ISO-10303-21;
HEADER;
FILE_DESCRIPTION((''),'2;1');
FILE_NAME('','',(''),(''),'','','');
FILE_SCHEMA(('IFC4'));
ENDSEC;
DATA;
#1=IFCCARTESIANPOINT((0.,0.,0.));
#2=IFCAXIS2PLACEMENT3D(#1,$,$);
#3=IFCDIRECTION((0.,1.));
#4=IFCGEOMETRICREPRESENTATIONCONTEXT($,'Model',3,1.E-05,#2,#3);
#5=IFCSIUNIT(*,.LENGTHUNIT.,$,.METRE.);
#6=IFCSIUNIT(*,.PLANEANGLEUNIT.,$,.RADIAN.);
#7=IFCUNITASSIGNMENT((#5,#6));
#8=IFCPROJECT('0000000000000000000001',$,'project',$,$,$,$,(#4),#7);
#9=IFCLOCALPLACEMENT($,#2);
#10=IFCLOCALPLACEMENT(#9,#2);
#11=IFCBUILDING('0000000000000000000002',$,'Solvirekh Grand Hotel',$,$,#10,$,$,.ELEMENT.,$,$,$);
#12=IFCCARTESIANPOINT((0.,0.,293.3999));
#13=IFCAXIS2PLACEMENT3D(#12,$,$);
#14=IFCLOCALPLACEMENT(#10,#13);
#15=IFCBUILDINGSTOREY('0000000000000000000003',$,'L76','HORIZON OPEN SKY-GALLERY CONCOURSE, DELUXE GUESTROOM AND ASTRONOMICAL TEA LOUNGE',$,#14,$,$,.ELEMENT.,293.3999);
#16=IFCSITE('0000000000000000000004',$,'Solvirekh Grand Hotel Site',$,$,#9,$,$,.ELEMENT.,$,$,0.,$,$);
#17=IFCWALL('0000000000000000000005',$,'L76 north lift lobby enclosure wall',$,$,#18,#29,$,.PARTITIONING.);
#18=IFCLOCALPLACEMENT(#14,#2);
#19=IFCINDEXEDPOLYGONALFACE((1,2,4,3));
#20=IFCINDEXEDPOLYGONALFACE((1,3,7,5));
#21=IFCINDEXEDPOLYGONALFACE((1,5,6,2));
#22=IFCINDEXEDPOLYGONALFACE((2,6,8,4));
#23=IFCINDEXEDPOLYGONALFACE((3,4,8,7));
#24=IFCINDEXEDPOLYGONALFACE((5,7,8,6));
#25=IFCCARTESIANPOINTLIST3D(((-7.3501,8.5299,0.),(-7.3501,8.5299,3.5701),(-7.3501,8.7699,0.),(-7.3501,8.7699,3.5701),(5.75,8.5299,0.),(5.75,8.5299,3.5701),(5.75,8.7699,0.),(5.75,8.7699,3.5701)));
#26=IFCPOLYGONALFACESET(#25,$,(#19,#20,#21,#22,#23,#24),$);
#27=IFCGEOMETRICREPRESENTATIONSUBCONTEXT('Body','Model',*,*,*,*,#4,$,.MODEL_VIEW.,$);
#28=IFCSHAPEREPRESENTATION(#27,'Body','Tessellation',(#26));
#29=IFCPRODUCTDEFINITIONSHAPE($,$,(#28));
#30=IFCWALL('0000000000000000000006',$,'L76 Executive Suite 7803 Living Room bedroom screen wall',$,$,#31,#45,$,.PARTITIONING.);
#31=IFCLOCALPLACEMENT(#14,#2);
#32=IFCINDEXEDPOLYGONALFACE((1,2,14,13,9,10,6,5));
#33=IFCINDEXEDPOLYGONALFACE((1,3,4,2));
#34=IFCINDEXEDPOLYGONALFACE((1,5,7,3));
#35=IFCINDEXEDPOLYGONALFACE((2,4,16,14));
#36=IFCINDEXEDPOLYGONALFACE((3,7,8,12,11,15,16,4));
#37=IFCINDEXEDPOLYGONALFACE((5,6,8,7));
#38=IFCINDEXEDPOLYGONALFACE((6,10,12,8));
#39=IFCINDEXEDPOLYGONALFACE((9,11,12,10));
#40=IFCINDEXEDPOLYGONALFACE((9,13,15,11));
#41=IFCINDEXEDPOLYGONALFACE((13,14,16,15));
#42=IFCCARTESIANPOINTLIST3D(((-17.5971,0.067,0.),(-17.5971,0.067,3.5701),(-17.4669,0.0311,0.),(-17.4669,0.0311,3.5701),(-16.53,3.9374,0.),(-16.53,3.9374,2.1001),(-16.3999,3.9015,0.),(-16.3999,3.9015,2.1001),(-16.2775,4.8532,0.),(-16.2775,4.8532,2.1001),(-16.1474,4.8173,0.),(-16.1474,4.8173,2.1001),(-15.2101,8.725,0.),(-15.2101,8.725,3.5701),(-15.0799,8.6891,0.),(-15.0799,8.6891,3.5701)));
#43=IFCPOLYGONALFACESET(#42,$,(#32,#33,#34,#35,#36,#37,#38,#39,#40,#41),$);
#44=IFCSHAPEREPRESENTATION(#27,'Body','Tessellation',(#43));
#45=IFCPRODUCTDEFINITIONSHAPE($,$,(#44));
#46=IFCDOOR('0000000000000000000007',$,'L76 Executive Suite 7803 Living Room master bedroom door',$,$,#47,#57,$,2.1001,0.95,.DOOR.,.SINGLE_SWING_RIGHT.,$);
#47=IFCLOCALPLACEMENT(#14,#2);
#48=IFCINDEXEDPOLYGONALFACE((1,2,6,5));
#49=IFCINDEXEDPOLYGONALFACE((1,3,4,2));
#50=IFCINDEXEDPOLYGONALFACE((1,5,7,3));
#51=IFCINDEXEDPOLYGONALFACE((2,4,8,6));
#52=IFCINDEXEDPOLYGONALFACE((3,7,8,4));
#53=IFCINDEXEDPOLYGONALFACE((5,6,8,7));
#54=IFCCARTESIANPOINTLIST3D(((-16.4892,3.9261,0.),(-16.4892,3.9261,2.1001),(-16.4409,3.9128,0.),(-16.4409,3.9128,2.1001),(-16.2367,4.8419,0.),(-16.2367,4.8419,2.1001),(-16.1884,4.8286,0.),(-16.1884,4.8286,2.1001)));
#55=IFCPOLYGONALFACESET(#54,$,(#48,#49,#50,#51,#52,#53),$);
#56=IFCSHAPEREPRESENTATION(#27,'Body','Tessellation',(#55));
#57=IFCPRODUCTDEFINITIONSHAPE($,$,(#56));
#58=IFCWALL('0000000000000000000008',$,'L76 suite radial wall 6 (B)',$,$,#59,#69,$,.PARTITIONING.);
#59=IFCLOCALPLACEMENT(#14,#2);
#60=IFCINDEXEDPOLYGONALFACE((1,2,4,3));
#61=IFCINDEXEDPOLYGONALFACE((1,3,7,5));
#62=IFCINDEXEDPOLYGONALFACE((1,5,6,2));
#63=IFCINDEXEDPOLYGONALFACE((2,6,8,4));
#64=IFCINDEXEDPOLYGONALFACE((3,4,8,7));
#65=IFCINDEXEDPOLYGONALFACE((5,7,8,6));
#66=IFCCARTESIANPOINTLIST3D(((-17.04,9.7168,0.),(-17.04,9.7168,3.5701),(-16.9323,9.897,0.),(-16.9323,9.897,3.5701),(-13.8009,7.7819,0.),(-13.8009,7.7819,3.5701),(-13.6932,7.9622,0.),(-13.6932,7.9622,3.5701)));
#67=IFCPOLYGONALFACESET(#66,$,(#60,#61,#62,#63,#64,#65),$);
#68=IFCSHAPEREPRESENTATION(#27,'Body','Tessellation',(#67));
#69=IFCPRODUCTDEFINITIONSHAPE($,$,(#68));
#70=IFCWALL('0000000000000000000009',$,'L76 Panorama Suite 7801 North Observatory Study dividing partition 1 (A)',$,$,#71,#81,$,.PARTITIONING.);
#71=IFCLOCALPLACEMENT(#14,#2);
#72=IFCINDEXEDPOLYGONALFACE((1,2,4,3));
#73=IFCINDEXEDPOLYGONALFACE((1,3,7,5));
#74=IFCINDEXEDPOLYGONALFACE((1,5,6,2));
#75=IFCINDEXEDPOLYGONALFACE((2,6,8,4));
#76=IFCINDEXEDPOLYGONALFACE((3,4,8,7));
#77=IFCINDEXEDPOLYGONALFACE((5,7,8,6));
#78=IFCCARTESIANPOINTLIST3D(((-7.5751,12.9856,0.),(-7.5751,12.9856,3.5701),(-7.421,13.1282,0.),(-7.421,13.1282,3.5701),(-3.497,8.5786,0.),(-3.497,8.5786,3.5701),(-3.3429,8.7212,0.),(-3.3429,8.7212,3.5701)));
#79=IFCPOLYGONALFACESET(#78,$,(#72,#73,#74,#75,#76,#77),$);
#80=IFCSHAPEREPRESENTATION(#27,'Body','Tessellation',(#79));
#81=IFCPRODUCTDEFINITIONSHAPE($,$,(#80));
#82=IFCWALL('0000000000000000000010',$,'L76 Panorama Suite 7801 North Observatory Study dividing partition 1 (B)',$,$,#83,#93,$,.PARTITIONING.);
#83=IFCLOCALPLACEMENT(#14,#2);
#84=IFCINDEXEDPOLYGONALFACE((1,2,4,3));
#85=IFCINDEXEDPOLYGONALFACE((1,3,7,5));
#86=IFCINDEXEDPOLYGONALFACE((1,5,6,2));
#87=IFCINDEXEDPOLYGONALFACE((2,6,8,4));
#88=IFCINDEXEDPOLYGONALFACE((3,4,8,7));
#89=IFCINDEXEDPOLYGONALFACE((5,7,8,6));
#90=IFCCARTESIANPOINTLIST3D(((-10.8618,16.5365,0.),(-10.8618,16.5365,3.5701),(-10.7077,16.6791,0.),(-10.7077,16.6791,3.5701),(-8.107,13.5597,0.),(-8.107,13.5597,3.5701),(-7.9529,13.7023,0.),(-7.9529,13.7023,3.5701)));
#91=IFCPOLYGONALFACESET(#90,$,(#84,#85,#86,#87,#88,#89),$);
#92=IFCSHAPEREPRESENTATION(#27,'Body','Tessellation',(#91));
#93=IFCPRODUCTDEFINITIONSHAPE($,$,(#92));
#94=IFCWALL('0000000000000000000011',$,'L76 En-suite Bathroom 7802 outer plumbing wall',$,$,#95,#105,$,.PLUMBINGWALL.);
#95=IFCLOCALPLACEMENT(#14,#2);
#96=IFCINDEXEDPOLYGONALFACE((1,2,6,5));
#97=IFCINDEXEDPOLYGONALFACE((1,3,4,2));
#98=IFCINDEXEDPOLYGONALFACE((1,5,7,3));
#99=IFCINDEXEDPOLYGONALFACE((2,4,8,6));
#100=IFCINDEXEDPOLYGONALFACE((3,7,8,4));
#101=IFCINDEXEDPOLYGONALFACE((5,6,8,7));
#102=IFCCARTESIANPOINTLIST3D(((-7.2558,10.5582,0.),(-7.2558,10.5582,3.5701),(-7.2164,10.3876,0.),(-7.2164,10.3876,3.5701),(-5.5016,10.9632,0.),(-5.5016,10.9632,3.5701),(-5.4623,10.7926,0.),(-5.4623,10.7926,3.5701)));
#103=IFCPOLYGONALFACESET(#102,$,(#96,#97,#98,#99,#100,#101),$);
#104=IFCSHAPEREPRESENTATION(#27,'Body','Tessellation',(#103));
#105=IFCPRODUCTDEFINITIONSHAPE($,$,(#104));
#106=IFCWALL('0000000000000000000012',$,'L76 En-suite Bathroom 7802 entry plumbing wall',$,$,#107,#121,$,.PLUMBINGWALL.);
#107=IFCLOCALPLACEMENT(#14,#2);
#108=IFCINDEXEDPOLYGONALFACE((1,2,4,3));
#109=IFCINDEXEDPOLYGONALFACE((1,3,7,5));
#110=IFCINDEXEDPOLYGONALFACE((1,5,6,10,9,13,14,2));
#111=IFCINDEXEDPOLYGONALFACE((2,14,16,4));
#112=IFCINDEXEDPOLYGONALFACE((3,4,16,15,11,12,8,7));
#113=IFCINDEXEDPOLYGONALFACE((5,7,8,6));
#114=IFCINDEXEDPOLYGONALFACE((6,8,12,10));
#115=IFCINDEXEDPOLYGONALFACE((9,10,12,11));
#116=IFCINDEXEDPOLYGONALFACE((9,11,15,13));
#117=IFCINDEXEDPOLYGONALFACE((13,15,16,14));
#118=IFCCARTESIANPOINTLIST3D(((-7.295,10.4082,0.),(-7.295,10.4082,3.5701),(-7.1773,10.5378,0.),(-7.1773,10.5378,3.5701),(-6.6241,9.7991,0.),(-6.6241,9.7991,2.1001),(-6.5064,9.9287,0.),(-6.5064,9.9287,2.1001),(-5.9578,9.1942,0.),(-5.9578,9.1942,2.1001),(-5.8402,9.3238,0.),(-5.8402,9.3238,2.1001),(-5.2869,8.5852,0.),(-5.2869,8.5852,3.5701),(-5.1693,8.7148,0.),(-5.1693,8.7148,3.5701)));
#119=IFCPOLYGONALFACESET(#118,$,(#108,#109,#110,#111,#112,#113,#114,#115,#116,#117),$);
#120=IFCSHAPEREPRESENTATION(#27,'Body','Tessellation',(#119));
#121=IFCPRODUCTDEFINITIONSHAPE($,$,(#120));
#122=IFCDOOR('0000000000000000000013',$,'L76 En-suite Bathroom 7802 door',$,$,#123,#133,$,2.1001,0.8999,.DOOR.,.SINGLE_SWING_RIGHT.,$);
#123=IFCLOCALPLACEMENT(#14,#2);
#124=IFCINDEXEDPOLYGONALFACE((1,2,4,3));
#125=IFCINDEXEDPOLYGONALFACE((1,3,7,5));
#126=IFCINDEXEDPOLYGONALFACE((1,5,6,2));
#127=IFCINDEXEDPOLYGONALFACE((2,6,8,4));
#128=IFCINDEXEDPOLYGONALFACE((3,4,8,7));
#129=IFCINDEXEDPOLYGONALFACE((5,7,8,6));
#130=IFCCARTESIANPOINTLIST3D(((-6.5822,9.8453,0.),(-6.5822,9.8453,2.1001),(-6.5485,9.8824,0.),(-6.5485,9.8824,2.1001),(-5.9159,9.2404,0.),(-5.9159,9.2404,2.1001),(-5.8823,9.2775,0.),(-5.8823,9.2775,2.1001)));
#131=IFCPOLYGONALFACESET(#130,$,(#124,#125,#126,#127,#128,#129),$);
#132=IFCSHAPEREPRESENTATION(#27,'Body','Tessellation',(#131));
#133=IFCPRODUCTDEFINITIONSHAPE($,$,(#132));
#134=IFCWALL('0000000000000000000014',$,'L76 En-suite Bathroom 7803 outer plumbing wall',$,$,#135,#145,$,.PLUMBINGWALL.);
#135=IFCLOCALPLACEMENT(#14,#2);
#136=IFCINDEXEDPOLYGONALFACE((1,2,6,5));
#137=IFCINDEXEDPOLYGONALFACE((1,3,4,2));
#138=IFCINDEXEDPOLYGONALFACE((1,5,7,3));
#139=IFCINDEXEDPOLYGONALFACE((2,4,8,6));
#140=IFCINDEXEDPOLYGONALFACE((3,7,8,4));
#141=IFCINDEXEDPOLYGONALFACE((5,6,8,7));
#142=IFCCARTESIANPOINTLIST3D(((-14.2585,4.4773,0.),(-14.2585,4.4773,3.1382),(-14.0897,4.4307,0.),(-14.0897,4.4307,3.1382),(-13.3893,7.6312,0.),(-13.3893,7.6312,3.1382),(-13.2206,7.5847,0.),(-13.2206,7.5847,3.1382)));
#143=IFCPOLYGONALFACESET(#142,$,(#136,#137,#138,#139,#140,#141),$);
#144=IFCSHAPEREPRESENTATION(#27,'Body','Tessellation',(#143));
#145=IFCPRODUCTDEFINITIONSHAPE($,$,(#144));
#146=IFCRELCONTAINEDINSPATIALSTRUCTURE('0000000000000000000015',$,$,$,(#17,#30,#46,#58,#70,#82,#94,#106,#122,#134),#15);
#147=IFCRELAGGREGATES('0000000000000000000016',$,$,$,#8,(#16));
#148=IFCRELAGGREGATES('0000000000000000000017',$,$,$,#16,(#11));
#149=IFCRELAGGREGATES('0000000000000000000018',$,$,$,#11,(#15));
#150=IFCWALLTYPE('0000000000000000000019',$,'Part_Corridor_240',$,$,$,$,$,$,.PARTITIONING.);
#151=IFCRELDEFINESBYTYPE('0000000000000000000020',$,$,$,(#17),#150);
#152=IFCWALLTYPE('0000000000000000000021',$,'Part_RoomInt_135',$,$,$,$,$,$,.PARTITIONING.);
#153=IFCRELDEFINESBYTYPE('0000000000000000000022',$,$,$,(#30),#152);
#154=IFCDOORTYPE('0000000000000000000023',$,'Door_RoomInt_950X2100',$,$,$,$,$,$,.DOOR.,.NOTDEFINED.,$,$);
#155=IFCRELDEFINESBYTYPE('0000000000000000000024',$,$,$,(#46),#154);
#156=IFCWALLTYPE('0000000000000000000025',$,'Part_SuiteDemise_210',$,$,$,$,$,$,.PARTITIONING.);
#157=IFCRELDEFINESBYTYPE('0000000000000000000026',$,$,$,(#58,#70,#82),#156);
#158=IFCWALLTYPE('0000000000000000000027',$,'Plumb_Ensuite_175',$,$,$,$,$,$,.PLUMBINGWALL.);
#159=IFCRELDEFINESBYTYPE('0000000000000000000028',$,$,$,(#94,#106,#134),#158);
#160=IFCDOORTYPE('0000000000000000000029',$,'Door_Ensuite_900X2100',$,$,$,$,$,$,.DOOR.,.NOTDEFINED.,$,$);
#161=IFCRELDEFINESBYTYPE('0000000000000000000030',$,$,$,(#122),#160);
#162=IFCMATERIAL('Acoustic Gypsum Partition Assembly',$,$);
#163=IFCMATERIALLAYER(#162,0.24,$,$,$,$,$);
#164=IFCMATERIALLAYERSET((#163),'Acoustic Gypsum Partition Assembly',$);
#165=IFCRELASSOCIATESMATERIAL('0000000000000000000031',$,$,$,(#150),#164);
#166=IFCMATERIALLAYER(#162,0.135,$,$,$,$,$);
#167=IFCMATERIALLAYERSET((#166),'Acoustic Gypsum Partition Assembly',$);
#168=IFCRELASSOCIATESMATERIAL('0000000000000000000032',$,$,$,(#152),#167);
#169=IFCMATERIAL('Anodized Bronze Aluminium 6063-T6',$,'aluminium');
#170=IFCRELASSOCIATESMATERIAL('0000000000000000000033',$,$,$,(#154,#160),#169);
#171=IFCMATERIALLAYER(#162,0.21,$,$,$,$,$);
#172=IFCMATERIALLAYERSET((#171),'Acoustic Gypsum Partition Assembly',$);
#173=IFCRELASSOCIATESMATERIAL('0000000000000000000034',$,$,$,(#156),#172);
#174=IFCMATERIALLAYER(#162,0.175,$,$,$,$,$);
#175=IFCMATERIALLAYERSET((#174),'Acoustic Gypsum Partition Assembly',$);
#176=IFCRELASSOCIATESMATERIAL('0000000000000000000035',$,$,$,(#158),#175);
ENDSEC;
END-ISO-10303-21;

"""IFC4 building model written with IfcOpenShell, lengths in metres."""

from ifc_helpers import new_model, si_unit, direction, frame, frame_2d, origin, place, context, subcontext, project, spatial, rectangle, extrude, material, layer, layer_set, type_object, element, fill, save


model = new_model("IFC4")

# Units and contexts
model_context = context("Model", 3, precision=1e-05, world=origin(), true_north=direction((0.0, 1.0)))
body_context = subcontext(model_context, "Body", "Model", "MODEL_VIEW")
ifc_project = project(units=[si_unit("LENGTHUNIT", "METRE"), si_unit("PLANEANGLEUNIT", "RADIAN")], contexts=[model_context])

# Site, building, storey
site_placement = place(None, origin())
site = spatial("IfcSite", under=ifc_project, at=site_placement, Name="Solvirekh Grand Hotel Site", CompositionType="ELEMENT", RefElevation=0.0)
building_placement = place(site_placement, origin())
building = spatial("IfcBuilding", under=site, at=building_placement, Name="Solvirekh Grand Hotel", CompositionType="ELEMENT")
storey_placement = place(building_placement, frame((0.0, 0.0, 293.3999)))
storey = spatial("IfcBuildingStorey", under=building, at=storey_placement, Name="L76", Description="HORIZON OPEN SKY-GALLERY CONCOURSE, DELUXE GUESTROOM AND ASTRONOMICAL TEA LOUNGE", CompositionType="ELEMENT", Elevation=293.3999)

# Shared definitions
ifc_material_1 = material(Name="Anodized Bronze Aluminium 6063-T6", Category="aluminium")

# Wall
ifc_material_2 = material(Name="Acoustic Gypsum Partition Assembly")
ifc_layer_1 = layer(ifc_material_2, 0.24)
ifc_layer_set_1 = layer_set([ifc_layer_1], Name="Acoustic Gypsum Partition Assembly")
wall_type_1 = type_object("IfcWallType", Name="Part_Corridor_240", PredefinedType="PARTITIONING", material=ifc_layer_set_1)
wall_1_placement = place(storey_placement, frame((-7.3501, 8.6499, 0.0), z_axis=(0.0, 0.0, 1.0), x_axis=(1.0, 0.0, 0.0)))
element("IfcWall", 1, at=wall_1_placement, inside=storey, type_object=wall_type_1, Name="L76 north lift lobby enclosure wall", PredefinedType="PARTITIONING", context=body_context, shape_type="SweptSolid", body=[
    extrude(rectangle(XDim=13.1001, YDim=0.24, at=frame_2d((6.55, 0.0))), origin(), (0.0, 0.0, 1.0), 3.5701),
])

# Wall, opening, door
ifc_layer_2 = layer(ifc_material_2, 0.135)
ifc_layer_set_2 = layer_set([ifc_layer_2], Name="Acoustic Gypsum Partition Assembly")
wall_type_2 = type_object("IfcWallType", Name="Part_RoomInt_135", PredefinedType="PARTITIONING", material=ifc_layer_set_2)
wall_2_placement = place(storey_placement, frame((-15.145, 8.707, 0.0), z_axis=(0.0, 0.0, 1.0), x_axis=(-0.26578, -0.964034, 0.0)))
wall_2 = element("IfcWall", 2, at=wall_2_placement, inside=storey, type_object=wall_type_2, Name="L76 Executive Suite 7803 Living Room bedroom screen wall", PredefinedType="PARTITIONING", context=body_context, shape_type="SweptSolid", body=[
    extrude(rectangle(XDim=8.981, YDim=0.135, at=frame_2d((4.4905, 0.0))), origin(), (0.0, 0.0, 1.0), 3.5701),
])
opening_1_placement = place(wall_2_placement, frame((4.0161, 0.0, 0.0)))
opening_1 = element("IfcOpeningElement", 3, at=opening_1_placement, cuts=wall_2, PredefinedType="OPENING", context=body_context, shape_type="SweptSolid", body=[
    extrude(rectangle(XDim=0.95, YDim=2.1001, at=frame_2d((0.4751, 1.05))), frame((0.0, 0.0776, 0.0), z_axis=(0.0, -1.0, 0.0), x_axis=(1.0, 0.0, 0.0)), (0.0, 0.0, 1.0), 0.155),
])
door_type_1 = type_object("IfcDoorType", Name="Door_RoomInt_950X2100", OperationType="NOTDEFINED", PredefinedType="DOOR", material=ifc_material_1)
door_1_placement = place(opening_1_placement, origin())
door_1 = element("IfcDoor", 4, at=door_1_placement, inside=storey, type_object=door_type_1, Name="L76 Executive Suite 7803 Living Room master bedroom door", OperationType="SINGLE_SWING_RIGHT", OverallHeight=2.1001, OverallWidth=0.95, PredefinedType="DOOR", context=body_context, shape_type="SweptSolid", body=[
    extrude(rectangle(XDim=0.95, YDim=2.1001, at=frame_2d((0.4751, 1.05))), frame((0.0, 0.0249, 0.0), z_axis=(0.0, -1.0, 0.0), x_axis=(1.0, 0.0, 0.0)), (0.0, 0.0, 1.0), 0.05),
])
fill(opening_1, door_1)

# Walls
ifc_layer_3 = layer(ifc_material_2, 0.21)
ifc_layer_set_3 = layer_set([ifc_layer_3], Name="Acoustic Gypsum Partition Assembly")
wall_type_3 = type_object("IfcWallType", Name="Part_SuiteDemise_210", PredefinedType="PARTITIONING", material=ifc_layer_set_3)
wall_3_placement = place(storey_placement, frame((-13.7471, 7.8721, 0.0), z_axis=(0.0, 0.0, 1.0), x_axis=(-0.858496, 0.51282, 0.0)))
element("IfcWall", 5, at=wall_3_placement, inside=storey, type_object=wall_type_3, Name="L76 suite radial wall 6 (B)", PredefinedType="PARTITIONING", context=body_context, shape_type="SweptSolid", body=[
    extrude(rectangle(XDim=3.7729, YDim=0.21, at=frame_2d((1.8865, 0.0))), origin(), (0.0, 0.0, 1.0), 3.5701),
])
wall_4_placement = place(storey_placement, frame((-3.4199, 8.6499, 0.0), z_axis=(0.0, 0.0, 1.0), x_axis=(-0.679192, 0.733961, 0.0)))
element("IfcWall", 6, at=wall_4_placement, inside=storey, type_object=wall_type_3, Name="L76 Panorama Suite 7801 North Observatory Study dividing partition 1 (A)", PredefinedType="PARTITIONING", context=body_context, shape_type="SweptSolid", body=[
    extrude(rectangle(XDim=6.0044, YDim=0.21, at=frame_2d((3.0022, 0.0))), origin(), (0.0, 0.0, 1.0), 3.5701),
])
wall_5_placement = place(storey_placement, frame((-8.03, 13.6311, 0.0), z_axis=(0.0, 0.0, 1.0), x_axis=(-0.67922, 0.733935, 0.0)))
element("IfcWall", 7, at=wall_5_placement, inside=storey, type_object=wall_type_3, Name="L76 Panorama Suite 7801 North Observatory Study dividing partition 1 (B)", PredefinedType="PARTITIONING", context=body_context, shape_type="SweptSolid", body=[
    extrude(rectangle(XDim=4.0559, YDim=0.21, at=frame_2d((2.0278, 0.0))), origin(), (0.0, 0.0, 1.0), 3.5701),
])
ifc_layer_4 = layer(ifc_material_2, 0.175)
ifc_layer_set_4 = layer_set([ifc_layer_4], Name="Acoustic Gypsum Partition Assembly")
wall_type_4 = type_object("IfcWallType", Name="Plumb_Ensuite_175", PredefinedType="PLUMBINGWALL", material=ifc_layer_set_4)
wall_6_placement = place(storey_placement, frame((-7.2361, 10.4729, 0.0), z_axis=(0.0, 0.0, 1.0), x_axis=(0.974364, 0.224978, 0.0)))
element("IfcWall", 8, at=wall_6_placement, inside=storey, type_object=wall_type_4, Name="L76 En-suite Bathroom 7802 outer plumbing wall", PredefinedType="PLUMBINGWALL", context=body_context, shape_type="SweptSolid", body=[
    extrude(rectangle(XDim=1.8003, YDim=0.175, at=frame_2d((0.9001, 0.0))), origin(), (0.0, 0.0, 1.0), 3.5701),
])

# Wall, opening, door
wall_7_placement = place(storey_placement, frame((-7.2361, 10.4729, 0.0), z_axis=(0.0, 0.0, 1.0), x_axis=(0.7404, -0.672166, 0.0)))
wall_7 = element("IfcWall", 9, at=wall_7_placement, inside=storey, type_object=wall_type_4, Name="L76 En-suite Bathroom 7802 entry plumbing wall", PredefinedType="PLUMBINGWALL", context=body_context, shape_type="SweptSolid", body=[
    extrude(rectangle(XDim=2.7122, YDim=0.175, at=frame_2d((1.356, 0.0))), origin(), (0.0, 0.0, 1.0), 3.5701),
])
opening_2_placement = place(wall_7_placement, frame((0.906, 0.0, 0.0)))
opening_2 = element("IfcOpeningElement", 10, at=opening_2_placement, cuts=wall_7, PredefinedType="OPENING", context=body_context, shape_type="SweptSolid", body=[
    extrude(rectangle(XDim=0.8999, YDim=2.1001, at=frame_2d((0.45, 1.05))), frame((0.0, 0.0977, 0.0), z_axis=(0.0, -1.0, 0.0), x_axis=(1.0, 0.0, 0.0)), (0.0, 0.0, 1.0), 0.1951),
])
door_type_2 = type_object("IfcDoorType", Name="Door_Ensuite_900X2100", OperationType="NOTDEFINED", PredefinedType="DOOR", material=ifc_material_1)
door_2_placement = place(opening_2_placement, origin())
door_2 = element("IfcDoor", 11, at=door_2_placement, inside=storey, type_object=door_type_2, Name="L76 En-suite Bathroom 7802 door", OperationType="SINGLE_SWING_RIGHT", OverallHeight=2.1001, OverallWidth=0.8999, PredefinedType="DOOR", context=body_context, shape_type="SweptSolid", body=[
    extrude(rectangle(XDim=0.8999, YDim=2.1001, at=frame_2d((0.45, 1.05))), frame((0.0, 0.0249, 0.0), z_axis=(0.0, -1.0, 0.0), x_axis=(1.0, 0.0, 0.0)), (0.0, 0.0, 1.0), 0.05),
])
fill(opening_2, door_2)

# Wall
wall_8_placement = place(storey_placement, frame((-13.3049, 7.6079, 0.0), z_axis=(0.0, 0.0, 1.0), x_axis=(-0.26568, -0.964061, 0.0)))
element("IfcWall", 12, at=wall_8_placement, inside=storey, type_object=wall_type_4, Name="L76 En-suite Bathroom 7803 outer plumbing wall", PredefinedType="PLUMBINGWALL", context=body_context, shape_type="SweptSolid", body=[
    extrude(rectangle(XDim=3.2715, YDim=0.175, at=frame_2d((1.6357, 0.0))), origin(), (0.0, 0.0, 1.0), 3.1382),
])

save(model, "model.ifc")
